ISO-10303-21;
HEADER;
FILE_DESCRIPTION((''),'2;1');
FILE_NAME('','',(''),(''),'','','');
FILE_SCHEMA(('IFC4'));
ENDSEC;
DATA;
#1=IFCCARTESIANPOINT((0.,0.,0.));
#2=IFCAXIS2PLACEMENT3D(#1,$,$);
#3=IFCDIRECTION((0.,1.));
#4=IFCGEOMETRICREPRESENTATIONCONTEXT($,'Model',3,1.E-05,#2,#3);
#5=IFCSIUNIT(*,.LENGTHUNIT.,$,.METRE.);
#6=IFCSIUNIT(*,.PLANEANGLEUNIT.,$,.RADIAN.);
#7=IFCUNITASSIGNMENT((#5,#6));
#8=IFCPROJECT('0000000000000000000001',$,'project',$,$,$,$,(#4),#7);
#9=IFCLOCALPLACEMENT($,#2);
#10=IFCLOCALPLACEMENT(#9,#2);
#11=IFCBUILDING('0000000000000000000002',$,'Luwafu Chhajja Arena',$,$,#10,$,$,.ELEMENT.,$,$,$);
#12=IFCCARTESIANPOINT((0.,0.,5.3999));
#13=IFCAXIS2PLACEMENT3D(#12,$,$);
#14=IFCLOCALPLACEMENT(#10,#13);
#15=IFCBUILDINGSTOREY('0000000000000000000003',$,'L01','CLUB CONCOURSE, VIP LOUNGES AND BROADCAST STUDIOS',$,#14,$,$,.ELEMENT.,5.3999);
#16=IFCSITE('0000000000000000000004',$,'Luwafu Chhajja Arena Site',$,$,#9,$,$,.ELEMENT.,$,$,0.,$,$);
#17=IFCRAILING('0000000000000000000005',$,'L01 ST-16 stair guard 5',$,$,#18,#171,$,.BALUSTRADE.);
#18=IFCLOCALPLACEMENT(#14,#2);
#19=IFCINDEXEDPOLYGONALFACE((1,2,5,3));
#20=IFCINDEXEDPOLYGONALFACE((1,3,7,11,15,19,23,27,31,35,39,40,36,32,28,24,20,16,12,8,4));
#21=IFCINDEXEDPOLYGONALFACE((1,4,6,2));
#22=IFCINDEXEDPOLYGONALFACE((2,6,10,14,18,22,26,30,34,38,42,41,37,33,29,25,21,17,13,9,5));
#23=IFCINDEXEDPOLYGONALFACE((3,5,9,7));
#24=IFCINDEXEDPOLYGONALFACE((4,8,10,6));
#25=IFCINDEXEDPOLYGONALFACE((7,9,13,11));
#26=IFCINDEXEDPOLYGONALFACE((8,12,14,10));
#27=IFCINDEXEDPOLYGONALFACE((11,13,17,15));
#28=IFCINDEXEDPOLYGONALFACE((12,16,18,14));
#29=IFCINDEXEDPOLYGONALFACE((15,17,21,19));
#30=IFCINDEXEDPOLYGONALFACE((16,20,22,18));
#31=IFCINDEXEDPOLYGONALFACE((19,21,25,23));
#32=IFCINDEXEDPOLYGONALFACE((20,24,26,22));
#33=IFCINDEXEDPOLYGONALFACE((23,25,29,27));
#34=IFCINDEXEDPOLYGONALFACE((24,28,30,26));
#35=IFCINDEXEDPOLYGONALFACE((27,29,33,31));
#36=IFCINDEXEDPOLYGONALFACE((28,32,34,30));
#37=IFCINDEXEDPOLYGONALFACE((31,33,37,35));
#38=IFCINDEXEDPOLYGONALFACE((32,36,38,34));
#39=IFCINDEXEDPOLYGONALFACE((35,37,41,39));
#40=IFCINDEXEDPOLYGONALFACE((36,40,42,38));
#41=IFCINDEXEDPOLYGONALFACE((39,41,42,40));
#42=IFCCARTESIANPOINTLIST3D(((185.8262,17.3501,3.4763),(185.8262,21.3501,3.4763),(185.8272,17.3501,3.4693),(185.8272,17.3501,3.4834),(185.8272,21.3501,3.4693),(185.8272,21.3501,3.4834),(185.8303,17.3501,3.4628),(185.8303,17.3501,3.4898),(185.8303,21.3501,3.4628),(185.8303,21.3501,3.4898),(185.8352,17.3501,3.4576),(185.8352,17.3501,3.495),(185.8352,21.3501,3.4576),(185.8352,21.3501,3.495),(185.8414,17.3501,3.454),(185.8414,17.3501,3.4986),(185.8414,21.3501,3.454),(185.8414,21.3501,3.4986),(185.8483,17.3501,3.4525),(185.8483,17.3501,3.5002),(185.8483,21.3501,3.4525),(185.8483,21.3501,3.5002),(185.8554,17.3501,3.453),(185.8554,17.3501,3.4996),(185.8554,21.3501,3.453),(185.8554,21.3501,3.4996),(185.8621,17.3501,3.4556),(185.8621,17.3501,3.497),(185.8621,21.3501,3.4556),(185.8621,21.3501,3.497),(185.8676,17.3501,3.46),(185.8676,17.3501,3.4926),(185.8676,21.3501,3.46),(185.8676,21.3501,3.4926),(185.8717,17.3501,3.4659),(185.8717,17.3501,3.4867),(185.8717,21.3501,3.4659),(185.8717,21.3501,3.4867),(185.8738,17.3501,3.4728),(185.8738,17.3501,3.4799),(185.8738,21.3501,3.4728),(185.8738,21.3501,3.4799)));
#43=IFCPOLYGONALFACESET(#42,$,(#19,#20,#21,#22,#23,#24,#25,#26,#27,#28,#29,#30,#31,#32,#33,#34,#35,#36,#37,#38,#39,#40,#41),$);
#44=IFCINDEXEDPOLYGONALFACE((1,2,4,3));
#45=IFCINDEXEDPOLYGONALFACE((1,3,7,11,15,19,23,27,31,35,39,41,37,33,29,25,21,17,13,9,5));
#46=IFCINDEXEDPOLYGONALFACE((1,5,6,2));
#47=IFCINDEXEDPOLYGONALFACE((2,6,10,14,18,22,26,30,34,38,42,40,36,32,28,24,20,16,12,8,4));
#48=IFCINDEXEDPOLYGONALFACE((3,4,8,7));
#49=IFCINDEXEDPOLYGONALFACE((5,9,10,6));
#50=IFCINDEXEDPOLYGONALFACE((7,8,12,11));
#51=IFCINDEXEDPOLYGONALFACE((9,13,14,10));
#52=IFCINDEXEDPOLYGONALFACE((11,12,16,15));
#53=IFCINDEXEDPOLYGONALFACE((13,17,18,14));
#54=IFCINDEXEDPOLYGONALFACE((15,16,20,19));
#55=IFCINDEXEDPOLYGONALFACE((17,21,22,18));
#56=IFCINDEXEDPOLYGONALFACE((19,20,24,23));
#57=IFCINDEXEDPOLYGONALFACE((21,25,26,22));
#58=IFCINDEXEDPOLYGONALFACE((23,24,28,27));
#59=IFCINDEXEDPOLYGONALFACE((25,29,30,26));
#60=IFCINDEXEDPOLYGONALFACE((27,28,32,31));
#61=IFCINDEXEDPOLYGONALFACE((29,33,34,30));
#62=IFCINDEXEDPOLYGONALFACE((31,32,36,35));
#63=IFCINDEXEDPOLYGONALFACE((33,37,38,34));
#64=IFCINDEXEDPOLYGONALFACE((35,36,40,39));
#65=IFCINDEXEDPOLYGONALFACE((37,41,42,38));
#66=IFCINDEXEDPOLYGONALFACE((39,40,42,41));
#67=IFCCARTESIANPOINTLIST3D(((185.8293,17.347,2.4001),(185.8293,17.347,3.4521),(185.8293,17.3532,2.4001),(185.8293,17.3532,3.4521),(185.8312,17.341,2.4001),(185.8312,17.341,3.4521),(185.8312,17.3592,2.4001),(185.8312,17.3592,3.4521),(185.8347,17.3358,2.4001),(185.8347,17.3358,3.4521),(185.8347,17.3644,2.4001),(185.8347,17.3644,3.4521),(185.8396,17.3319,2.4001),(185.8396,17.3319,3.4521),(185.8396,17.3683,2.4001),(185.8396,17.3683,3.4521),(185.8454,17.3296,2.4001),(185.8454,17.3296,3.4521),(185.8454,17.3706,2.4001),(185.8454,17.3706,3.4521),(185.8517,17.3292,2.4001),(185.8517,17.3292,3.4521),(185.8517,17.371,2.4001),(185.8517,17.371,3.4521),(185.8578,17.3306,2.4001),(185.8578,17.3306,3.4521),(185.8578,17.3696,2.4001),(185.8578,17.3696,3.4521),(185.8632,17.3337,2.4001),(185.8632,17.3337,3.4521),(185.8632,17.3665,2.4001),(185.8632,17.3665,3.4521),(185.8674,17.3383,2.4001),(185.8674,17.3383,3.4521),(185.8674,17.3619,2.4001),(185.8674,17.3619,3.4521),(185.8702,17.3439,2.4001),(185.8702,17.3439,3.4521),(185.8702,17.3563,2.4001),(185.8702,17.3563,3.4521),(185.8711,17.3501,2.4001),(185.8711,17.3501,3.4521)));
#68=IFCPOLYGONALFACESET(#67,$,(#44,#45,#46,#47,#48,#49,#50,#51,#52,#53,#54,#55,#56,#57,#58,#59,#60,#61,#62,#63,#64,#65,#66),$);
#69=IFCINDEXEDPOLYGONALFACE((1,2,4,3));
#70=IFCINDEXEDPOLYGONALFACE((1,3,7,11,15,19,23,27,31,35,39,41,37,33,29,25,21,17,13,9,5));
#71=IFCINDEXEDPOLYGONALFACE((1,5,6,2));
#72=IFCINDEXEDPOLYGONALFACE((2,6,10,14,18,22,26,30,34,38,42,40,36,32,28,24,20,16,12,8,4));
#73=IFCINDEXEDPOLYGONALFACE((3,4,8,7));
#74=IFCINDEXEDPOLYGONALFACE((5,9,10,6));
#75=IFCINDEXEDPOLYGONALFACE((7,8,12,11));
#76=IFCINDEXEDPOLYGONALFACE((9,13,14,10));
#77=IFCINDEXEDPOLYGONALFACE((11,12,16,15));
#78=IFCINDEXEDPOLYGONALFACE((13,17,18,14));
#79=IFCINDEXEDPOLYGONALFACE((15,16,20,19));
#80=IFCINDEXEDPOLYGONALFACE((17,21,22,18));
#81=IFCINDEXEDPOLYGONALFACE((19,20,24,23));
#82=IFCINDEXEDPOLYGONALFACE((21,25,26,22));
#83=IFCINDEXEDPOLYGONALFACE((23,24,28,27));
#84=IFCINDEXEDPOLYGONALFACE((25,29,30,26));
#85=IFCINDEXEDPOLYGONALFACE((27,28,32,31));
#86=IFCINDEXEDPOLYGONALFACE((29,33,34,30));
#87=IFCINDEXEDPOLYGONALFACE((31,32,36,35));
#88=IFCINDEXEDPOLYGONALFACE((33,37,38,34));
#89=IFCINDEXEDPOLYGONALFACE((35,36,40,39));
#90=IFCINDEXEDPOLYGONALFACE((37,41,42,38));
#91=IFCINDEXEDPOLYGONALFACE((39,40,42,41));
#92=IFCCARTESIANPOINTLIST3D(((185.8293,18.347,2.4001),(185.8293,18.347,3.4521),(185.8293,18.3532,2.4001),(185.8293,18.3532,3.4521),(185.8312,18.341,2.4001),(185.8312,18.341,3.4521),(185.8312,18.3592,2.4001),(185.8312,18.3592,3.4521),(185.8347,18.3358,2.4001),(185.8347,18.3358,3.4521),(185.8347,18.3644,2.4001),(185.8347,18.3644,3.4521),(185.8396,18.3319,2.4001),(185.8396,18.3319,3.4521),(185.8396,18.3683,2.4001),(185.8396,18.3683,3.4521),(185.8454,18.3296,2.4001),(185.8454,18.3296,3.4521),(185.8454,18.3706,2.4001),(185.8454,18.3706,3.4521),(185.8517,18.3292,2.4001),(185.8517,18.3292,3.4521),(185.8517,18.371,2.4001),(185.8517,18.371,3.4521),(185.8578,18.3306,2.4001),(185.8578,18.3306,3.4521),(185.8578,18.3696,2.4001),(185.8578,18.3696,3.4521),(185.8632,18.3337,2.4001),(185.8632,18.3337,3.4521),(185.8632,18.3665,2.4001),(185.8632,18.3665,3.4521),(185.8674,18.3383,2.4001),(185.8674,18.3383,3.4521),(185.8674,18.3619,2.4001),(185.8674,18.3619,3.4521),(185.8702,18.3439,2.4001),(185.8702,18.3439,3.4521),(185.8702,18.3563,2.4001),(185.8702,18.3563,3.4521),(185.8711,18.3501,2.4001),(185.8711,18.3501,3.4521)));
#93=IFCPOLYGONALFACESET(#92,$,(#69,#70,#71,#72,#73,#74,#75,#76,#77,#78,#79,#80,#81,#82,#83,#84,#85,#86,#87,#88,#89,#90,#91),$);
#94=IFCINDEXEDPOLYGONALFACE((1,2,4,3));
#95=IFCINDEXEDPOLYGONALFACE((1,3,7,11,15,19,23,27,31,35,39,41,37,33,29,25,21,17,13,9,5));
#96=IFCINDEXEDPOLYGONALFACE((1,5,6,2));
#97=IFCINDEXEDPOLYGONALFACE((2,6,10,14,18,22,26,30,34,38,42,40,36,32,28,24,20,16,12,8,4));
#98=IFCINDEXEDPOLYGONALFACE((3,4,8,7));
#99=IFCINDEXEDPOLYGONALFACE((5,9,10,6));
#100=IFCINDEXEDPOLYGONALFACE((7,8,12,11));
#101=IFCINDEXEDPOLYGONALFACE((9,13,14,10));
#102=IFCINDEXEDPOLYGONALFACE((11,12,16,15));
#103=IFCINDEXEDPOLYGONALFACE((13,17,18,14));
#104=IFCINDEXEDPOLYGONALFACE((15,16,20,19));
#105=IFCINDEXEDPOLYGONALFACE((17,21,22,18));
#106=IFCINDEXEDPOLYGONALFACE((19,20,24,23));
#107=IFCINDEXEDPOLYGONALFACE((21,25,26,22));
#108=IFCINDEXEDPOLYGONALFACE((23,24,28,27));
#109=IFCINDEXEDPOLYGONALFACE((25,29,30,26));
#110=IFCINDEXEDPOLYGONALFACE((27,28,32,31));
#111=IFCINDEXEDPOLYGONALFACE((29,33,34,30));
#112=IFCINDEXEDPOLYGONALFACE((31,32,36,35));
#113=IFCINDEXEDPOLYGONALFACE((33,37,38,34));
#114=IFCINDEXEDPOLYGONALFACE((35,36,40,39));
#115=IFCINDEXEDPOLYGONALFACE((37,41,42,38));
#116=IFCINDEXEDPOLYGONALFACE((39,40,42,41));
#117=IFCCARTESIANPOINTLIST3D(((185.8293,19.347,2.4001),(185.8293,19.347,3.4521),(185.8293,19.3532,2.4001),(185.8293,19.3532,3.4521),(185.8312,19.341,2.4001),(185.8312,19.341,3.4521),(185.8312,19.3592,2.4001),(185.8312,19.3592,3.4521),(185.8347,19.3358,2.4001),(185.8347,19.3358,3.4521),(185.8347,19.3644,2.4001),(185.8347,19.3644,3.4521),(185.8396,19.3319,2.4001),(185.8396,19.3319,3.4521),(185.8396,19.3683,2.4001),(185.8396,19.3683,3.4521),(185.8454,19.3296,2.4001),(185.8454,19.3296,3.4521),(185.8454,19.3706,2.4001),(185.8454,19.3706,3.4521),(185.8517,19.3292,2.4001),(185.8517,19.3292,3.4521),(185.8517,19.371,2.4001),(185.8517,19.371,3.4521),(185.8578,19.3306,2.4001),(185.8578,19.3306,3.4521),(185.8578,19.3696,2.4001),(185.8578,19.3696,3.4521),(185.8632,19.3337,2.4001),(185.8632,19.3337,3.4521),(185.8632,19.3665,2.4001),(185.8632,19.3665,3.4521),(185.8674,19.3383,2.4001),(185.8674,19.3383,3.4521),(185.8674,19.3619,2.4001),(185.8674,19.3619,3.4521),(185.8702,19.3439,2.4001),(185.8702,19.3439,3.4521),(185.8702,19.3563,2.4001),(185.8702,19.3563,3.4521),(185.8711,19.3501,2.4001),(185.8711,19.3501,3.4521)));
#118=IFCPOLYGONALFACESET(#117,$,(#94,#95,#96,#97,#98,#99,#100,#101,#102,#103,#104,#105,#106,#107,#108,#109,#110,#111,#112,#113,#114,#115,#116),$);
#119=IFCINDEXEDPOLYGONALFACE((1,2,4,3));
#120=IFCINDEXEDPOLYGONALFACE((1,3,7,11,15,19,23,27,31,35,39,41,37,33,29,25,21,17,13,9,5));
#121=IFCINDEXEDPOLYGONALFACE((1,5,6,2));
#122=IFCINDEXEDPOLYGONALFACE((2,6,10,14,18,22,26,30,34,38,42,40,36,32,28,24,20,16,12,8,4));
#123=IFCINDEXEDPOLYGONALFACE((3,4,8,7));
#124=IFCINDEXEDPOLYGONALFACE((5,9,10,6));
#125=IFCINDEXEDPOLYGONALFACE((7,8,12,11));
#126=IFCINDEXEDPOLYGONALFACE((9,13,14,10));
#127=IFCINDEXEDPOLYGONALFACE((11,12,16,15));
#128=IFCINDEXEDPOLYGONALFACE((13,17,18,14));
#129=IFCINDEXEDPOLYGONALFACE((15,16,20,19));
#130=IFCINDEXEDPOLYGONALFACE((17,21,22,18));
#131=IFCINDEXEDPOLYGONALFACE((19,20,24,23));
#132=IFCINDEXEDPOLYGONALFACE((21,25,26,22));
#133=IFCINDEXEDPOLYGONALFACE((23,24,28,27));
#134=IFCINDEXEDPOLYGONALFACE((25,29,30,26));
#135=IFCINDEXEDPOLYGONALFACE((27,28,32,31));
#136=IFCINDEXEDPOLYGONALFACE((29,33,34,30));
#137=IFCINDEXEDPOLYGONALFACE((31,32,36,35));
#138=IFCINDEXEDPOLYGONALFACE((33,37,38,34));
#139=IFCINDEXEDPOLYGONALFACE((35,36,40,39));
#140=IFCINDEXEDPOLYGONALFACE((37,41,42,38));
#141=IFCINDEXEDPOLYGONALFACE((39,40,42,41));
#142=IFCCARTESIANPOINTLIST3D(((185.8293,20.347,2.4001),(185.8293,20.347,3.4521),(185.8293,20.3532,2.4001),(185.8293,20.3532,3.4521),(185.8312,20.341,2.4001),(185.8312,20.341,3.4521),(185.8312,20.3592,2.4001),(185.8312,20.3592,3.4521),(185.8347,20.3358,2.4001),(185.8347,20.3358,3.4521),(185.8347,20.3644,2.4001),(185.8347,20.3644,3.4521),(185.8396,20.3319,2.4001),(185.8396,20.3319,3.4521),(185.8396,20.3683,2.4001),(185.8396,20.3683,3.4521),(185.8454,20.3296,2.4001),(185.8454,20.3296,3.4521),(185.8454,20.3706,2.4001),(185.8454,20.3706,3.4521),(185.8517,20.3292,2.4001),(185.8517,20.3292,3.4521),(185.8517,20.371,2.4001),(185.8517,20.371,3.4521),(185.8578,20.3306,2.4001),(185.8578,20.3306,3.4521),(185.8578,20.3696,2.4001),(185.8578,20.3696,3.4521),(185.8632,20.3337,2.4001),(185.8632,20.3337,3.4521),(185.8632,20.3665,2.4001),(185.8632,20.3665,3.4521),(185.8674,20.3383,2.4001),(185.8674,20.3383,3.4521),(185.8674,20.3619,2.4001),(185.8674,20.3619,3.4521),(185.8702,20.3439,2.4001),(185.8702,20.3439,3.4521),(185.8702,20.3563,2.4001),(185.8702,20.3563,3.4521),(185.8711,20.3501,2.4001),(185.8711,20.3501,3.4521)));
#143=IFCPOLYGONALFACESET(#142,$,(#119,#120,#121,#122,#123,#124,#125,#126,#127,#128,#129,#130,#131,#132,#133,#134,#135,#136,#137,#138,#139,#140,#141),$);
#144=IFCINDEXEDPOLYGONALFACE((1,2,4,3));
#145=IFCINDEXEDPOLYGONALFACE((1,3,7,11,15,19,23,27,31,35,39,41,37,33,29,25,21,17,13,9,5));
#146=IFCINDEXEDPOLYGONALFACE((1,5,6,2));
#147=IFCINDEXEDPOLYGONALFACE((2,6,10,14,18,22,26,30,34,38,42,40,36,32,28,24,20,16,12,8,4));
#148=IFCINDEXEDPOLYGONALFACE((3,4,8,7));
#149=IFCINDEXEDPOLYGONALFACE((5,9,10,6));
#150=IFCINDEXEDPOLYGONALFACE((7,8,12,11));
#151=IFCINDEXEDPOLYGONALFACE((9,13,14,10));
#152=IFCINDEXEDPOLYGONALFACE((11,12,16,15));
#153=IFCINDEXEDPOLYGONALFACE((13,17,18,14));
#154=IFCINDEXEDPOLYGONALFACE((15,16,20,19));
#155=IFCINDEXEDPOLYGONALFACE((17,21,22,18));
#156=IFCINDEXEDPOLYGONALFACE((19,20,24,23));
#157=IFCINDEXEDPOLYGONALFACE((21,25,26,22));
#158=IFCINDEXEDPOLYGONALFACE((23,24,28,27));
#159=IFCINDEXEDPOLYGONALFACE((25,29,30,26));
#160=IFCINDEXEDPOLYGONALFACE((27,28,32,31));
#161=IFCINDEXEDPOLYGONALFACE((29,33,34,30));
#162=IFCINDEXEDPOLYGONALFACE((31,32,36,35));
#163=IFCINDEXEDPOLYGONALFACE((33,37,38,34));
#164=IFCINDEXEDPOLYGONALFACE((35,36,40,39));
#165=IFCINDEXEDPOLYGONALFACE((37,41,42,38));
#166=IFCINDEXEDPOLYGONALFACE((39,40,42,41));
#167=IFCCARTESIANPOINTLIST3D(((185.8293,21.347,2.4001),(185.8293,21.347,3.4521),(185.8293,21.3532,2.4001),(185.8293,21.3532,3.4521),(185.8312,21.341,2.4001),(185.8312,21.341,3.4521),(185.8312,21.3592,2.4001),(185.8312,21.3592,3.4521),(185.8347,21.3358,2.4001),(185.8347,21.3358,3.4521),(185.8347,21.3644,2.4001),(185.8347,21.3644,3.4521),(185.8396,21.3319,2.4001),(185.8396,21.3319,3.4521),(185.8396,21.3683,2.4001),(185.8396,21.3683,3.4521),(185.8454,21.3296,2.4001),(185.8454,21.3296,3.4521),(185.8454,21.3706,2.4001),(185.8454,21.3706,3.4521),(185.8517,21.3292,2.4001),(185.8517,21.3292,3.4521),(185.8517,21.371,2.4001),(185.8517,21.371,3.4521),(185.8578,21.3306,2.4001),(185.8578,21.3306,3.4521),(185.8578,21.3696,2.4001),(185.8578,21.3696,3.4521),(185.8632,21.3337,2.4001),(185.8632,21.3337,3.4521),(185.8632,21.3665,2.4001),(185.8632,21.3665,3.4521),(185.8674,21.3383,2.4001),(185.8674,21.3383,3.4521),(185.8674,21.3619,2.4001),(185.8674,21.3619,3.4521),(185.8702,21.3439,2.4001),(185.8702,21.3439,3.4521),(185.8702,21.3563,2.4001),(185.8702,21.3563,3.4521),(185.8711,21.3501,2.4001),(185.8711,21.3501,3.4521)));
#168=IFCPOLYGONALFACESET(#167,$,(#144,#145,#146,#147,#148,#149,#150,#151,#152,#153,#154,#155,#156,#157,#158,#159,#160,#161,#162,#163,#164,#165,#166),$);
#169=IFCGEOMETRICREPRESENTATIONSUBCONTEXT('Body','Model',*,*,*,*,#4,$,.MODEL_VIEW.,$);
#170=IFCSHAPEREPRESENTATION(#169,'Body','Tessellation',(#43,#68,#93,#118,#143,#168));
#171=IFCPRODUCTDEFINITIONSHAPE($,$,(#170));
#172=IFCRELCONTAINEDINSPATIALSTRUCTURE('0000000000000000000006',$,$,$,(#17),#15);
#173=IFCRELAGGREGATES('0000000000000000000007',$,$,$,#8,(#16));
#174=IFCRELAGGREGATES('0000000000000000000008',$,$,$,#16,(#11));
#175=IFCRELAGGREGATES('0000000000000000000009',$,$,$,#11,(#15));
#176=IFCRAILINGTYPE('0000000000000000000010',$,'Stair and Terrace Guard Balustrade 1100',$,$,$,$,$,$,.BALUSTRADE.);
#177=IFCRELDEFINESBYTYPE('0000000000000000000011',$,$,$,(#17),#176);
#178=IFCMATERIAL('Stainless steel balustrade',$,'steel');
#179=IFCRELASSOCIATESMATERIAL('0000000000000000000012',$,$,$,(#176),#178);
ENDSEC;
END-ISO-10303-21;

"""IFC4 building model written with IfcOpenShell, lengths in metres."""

from ifc_helpers import new_model, si_unit, direction, frame, origin, origin_2d, place, context, subcontext, project, spatial, circle, extrude, material, type_object, element, save


model = new_model("IFC4")

# Units and contexts
model_context = context("Model", 3, precision=1e-05, world=origin(), true_north=direction((0.0, 1.0)))
body_context = subcontext(model_context, "Body", "Model", "MODEL_VIEW")
ifc_project = project(units=[si_unit("LENGTHUNIT", "METRE"), si_unit("PLANEANGLEUNIT", "RADIAN")], contexts=[model_context])

# Site, building, storey
site_placement = place(None, origin())
site = spatial("IfcSite", under=ifc_project, at=site_placement, Name="Luwafu Chhajja Arena Site", CompositionType="ELEMENT", RefElevation=0.0)
building_placement = place(site_placement, origin())
building = spatial("IfcBuilding", under=site, at=building_placement, Name="Luwafu Chhajja Arena", CompositionType="ELEMENT")
storey_placement = place(building_placement, frame((0.0, 0.0, 5.3999)))
storey = spatial("IfcBuildingStorey", under=building, at=storey_placement, Name="L01", Description="CLUB CONCOURSE, VIP LOUNGES AND BROADCAST STUDIOS", CompositionType="ELEMENT", Elevation=5.3999)

# Railing
ifc_material_1 = material(Name="Stainless steel balustrade", Category="steel")
railing_type = type_object("IfcRailingType", Name="Stair and Terrace Guard Balustrade 1100", PredefinedType="BALUSTRADE", material=ifc_material_1)
railing_1_placement = place(storey_placement, frame((185.8501, 17.3501, 2.4001)))
element("IfcRailing", 1, at=railing_1_placement, inside=storey, type_object=railing_type, Name="L01 ST-16 stair guard 5", PredefinedType="BALUSTRADE", context=body_context, shape_type="SweptSolid", body=[
    extrude(circle(Radius=0.0239, at=origin_2d()), frame((0.0, 0.0, 1.0762), z_axis=(0.0, 1.0, 0.0), x_axis=(-1.0, 0.0, 0.0)), (0.0, 0.0, 1.0), 4.0),
    extrude(circle(Radius=0.021, at=origin_2d()), origin(), (0.0, 0.0, 1.0), 1.052),
    extrude(circle(Radius=0.021, at=origin_2d()), frame((0.0, 1.0, 0.0)), (0.0, 0.0, 1.0), 1.052),
    extrude(circle(Radius=0.021, at=origin_2d()), frame((0.0, 2.0, 0.0)), (0.0, 0.0, 1.0), 1.052),
    extrude(circle(Radius=0.021, at=origin_2d()), frame((0.0, 3.0, 0.0)), (0.0, 0.0, 1.0), 1.052),
    extrude(circle(Radius=0.021, at=origin_2d()), frame((0.0, 4.0, 0.0)), (0.0, 0.0, 1.0), 1.052),
])

save(model, "model.ifc")
